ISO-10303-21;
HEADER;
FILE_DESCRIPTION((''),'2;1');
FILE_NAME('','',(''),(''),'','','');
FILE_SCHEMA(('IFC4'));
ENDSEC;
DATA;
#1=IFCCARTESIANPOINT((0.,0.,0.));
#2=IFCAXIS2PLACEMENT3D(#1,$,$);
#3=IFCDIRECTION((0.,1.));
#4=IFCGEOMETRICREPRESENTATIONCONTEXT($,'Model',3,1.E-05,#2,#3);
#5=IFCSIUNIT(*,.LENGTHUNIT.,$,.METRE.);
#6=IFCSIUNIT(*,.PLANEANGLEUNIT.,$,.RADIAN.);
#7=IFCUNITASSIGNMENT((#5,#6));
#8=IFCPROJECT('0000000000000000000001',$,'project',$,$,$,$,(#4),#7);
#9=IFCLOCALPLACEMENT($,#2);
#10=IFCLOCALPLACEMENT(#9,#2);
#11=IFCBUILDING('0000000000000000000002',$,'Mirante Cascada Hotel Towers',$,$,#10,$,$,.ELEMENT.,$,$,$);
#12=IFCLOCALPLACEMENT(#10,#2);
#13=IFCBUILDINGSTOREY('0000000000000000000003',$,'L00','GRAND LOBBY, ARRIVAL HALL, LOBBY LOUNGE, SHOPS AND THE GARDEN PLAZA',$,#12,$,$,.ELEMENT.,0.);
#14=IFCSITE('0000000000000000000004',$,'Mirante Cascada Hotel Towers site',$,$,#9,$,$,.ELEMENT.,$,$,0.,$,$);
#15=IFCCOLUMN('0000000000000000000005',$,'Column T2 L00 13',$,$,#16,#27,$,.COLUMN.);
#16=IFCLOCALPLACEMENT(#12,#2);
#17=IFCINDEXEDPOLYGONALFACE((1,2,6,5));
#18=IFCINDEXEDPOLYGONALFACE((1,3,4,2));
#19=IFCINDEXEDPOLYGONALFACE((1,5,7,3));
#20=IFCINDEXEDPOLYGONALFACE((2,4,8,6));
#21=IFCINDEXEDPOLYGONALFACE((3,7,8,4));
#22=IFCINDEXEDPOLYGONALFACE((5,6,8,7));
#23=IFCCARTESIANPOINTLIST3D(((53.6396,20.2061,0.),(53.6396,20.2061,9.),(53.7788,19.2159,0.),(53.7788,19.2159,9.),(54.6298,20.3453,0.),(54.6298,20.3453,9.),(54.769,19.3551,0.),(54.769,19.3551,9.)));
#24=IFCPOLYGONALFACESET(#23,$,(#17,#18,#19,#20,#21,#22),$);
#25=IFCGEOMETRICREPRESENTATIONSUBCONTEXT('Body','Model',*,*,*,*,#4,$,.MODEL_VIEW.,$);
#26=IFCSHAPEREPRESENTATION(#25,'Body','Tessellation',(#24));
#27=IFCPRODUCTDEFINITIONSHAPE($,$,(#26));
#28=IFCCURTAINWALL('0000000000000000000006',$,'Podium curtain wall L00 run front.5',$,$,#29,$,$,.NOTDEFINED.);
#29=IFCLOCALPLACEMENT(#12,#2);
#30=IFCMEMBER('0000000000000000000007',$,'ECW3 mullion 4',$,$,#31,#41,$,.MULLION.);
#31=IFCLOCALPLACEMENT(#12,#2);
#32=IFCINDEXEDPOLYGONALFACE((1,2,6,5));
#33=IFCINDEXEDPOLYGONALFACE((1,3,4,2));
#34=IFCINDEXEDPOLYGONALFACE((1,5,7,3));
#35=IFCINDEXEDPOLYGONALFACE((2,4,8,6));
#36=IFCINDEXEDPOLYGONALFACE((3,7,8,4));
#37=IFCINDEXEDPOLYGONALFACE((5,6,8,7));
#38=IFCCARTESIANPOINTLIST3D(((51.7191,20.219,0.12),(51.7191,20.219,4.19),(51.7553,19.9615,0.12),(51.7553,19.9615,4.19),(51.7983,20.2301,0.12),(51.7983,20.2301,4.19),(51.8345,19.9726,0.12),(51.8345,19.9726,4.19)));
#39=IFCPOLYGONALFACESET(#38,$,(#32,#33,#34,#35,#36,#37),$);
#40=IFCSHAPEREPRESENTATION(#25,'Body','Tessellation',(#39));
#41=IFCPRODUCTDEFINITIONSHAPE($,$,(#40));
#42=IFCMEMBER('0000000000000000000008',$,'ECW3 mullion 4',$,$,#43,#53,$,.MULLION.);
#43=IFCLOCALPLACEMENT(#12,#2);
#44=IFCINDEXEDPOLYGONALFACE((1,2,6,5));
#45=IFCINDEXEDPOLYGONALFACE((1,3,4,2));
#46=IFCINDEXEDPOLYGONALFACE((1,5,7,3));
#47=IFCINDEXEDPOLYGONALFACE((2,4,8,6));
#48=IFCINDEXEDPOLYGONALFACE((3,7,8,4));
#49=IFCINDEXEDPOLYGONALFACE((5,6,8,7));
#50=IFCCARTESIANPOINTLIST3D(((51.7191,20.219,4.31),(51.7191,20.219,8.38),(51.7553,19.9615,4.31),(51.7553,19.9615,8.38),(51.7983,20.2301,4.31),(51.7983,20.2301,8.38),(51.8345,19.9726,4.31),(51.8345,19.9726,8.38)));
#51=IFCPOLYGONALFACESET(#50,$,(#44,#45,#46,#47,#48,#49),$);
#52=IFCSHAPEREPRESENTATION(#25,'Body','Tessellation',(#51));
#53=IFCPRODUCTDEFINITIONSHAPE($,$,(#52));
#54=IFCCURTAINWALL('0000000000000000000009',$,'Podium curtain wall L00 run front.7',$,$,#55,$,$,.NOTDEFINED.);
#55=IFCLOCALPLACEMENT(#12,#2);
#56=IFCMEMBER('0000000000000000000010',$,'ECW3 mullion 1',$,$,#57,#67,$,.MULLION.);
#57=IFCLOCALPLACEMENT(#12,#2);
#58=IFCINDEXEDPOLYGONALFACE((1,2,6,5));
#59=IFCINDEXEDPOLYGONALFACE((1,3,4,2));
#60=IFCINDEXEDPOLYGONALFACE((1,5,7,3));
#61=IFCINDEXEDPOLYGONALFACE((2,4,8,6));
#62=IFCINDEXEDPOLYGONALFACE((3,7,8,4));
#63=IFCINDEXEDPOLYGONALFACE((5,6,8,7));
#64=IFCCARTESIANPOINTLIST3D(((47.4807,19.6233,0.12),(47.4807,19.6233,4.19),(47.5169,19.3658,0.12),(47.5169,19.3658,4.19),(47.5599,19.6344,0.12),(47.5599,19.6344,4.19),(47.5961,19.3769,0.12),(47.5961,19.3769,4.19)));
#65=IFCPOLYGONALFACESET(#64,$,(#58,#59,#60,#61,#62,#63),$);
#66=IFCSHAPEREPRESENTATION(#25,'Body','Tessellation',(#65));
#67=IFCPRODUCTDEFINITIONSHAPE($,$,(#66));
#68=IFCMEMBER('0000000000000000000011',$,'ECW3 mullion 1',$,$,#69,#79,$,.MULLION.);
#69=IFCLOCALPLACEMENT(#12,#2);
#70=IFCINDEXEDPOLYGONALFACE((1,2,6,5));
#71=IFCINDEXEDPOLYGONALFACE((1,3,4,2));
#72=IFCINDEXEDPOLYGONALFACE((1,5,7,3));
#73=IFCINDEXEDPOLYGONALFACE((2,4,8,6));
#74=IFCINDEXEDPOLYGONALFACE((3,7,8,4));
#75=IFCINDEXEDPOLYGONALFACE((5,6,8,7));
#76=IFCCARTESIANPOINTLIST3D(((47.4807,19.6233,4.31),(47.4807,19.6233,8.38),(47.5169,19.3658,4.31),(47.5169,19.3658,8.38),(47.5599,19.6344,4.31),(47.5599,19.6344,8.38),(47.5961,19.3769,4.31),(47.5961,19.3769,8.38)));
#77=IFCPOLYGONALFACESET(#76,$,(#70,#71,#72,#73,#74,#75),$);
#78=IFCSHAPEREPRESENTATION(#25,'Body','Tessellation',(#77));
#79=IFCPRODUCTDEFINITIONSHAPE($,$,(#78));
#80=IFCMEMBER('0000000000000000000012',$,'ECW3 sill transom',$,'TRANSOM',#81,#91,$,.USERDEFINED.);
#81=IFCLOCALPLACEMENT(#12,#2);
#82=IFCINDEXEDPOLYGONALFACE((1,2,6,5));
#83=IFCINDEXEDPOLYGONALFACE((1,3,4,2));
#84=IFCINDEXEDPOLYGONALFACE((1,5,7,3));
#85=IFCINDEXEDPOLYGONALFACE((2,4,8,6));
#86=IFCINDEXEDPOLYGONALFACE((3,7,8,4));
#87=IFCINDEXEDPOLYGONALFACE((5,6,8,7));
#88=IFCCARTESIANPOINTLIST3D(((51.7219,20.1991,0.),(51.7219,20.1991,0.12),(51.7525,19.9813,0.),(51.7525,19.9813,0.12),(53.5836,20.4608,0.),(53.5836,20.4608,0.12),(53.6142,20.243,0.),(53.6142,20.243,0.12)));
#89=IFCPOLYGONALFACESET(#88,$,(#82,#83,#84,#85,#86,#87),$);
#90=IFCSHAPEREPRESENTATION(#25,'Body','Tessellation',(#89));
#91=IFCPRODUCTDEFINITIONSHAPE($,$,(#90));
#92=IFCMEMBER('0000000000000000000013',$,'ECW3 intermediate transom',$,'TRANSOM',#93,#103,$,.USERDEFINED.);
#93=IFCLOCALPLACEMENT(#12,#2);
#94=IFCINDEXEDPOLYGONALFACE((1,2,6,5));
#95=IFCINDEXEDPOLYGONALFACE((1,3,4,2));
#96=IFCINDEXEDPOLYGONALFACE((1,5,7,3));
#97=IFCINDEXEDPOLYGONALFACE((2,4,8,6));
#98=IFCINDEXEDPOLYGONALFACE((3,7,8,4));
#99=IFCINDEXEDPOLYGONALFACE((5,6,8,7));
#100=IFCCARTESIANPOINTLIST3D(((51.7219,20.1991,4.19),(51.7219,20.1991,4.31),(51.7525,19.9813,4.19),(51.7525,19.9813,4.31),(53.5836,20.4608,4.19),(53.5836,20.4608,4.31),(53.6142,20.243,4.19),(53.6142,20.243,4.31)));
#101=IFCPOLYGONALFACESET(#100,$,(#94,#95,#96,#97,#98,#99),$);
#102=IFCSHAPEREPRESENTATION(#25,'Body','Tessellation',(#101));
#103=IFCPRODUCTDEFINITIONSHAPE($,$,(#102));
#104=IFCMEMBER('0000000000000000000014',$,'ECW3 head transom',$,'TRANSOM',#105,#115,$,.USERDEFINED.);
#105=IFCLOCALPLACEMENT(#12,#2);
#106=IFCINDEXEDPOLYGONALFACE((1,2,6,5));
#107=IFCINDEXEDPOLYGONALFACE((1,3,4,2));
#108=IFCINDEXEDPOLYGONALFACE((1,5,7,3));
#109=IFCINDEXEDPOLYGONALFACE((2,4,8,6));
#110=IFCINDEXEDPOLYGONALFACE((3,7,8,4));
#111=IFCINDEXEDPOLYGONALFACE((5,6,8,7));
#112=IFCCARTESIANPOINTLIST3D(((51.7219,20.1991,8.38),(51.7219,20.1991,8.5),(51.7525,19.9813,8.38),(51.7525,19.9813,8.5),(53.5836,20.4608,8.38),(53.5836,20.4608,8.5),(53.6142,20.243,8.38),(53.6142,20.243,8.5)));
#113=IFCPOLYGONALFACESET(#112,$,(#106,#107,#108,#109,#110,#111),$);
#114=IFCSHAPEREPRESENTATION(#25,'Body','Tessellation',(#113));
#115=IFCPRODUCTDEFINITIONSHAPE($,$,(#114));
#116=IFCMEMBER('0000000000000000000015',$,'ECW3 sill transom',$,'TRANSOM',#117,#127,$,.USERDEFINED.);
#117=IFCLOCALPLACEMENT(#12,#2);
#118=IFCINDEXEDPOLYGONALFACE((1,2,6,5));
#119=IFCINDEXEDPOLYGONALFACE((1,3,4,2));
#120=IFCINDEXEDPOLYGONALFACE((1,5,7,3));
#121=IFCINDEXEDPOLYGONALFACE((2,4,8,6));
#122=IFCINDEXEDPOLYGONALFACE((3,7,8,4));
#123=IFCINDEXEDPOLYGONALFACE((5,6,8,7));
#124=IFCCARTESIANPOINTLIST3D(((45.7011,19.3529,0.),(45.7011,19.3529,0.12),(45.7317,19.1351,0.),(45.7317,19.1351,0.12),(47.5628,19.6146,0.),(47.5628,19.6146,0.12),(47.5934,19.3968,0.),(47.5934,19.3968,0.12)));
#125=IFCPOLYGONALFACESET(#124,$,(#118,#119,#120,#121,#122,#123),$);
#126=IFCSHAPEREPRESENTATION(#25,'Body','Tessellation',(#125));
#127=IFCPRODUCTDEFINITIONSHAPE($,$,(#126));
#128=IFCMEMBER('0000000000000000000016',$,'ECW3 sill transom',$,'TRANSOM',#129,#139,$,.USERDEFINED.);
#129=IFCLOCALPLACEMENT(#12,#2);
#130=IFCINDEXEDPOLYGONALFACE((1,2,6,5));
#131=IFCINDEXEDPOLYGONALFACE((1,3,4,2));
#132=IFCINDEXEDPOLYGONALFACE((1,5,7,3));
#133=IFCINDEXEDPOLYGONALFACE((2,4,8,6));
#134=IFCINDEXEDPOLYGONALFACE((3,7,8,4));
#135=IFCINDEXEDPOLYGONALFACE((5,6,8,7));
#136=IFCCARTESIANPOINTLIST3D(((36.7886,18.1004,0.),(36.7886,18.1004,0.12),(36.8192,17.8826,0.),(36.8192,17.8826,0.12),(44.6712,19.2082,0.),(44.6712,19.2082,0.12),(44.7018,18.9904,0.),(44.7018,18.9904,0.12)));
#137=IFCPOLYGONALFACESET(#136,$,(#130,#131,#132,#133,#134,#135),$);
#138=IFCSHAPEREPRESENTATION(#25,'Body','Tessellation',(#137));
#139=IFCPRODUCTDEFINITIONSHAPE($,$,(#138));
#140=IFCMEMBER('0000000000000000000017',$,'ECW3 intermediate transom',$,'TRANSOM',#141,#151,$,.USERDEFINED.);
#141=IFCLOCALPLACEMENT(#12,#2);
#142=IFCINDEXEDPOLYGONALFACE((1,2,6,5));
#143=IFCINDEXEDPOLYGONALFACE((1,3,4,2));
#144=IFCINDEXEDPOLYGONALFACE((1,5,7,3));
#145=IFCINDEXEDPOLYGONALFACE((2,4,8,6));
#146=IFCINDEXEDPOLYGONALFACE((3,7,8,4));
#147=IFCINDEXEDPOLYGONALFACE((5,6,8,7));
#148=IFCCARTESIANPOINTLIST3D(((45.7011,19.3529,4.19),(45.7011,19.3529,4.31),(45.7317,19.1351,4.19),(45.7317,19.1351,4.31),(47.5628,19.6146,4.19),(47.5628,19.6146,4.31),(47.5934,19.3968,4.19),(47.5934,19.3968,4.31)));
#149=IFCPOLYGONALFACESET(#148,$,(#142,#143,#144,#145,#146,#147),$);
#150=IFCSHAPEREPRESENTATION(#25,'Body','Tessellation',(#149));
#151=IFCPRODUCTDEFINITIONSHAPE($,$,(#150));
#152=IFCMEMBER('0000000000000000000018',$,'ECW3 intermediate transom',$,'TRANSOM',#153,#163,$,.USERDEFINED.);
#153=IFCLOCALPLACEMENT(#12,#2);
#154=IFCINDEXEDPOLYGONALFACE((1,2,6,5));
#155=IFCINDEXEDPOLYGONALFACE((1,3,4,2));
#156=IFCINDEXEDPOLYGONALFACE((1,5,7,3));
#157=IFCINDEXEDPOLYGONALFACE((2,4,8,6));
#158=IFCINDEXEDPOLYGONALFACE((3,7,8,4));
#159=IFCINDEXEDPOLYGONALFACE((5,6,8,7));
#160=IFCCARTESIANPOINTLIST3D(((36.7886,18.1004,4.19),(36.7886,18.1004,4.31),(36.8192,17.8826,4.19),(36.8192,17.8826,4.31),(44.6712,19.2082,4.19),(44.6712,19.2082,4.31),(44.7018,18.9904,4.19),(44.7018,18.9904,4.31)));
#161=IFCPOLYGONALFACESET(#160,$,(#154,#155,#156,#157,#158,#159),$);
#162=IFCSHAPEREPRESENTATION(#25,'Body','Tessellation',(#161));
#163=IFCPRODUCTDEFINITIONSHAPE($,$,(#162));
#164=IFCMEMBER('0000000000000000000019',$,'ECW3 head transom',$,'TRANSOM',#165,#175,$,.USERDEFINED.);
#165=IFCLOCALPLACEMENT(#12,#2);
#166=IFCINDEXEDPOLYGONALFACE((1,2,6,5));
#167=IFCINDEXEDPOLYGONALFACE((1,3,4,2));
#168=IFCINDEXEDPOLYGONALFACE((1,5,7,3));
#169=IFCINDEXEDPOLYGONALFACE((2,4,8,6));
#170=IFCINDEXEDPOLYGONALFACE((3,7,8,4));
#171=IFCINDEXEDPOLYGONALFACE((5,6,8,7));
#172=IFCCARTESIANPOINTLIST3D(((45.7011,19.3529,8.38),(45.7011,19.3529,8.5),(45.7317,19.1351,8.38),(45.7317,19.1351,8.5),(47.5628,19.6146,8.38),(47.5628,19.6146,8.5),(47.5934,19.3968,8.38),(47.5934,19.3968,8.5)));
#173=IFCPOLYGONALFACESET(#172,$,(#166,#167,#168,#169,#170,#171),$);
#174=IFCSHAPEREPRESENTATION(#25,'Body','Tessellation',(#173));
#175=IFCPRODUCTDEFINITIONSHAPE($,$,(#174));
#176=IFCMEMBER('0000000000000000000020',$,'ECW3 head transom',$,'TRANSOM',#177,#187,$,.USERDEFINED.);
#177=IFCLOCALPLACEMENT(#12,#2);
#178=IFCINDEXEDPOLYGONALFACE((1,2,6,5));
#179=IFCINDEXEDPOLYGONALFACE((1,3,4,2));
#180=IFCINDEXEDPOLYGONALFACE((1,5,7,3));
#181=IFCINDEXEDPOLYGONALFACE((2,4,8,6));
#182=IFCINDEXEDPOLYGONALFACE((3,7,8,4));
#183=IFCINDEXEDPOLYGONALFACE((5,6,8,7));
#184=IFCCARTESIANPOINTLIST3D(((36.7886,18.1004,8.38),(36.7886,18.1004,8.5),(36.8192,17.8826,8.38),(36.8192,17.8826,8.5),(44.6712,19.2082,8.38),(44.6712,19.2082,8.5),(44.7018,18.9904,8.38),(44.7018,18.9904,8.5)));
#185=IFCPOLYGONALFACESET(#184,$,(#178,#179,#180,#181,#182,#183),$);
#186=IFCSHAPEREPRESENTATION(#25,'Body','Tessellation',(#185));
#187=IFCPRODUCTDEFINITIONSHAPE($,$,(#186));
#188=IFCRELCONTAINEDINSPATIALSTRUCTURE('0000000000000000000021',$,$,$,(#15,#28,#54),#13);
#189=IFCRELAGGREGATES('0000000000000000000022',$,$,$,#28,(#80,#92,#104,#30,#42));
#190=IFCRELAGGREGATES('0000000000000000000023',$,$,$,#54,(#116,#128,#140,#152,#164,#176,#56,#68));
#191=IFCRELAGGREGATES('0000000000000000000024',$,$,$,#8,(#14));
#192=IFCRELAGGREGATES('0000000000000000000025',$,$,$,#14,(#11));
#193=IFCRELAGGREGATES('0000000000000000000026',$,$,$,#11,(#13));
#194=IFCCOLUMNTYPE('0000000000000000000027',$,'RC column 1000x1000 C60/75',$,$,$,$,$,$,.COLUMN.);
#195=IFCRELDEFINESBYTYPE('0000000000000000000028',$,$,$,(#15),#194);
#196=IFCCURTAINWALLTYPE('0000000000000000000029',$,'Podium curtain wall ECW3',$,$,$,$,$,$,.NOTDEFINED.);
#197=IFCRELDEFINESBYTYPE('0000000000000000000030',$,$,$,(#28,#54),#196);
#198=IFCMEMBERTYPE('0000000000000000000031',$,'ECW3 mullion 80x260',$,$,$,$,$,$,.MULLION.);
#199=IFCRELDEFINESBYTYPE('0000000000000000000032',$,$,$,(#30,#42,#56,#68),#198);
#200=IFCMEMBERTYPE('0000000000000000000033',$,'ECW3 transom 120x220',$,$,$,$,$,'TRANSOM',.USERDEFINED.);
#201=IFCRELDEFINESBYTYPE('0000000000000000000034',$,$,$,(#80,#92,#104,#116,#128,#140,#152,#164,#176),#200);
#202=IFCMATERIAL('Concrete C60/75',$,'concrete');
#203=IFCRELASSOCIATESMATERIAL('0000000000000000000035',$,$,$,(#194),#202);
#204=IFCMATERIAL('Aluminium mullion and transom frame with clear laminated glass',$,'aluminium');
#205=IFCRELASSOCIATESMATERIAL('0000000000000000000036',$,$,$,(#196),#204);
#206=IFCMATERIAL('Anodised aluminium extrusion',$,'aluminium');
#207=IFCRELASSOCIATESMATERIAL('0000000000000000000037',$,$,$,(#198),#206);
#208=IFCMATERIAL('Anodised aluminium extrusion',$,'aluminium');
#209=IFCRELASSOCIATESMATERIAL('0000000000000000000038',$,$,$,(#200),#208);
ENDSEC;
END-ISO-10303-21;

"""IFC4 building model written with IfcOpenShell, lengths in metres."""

from ifc_helpers import new_model, si_unit, direction, frame, origin, origin_2d, place, context, subcontext, project, spatial, rectangle, extrude, material, material_profile, profile_set, type_object, element, aggregate, save


model = new_model("IFC4")

# Units and contexts
model_context = context("Model", 3, precision=1e-05, world=origin(), true_north=direction((0.0, 1.0)))
body_context = subcontext(model_context, "Body", "Model", "MODEL_VIEW")
ifc_project = project(units=[si_unit("LENGTHUNIT", "METRE"), si_unit("PLANEANGLEUNIT", "RADIAN")], contexts=[model_context])

# Site, building, storey
site_placement = place(None, origin())
site = spatial("IfcSite", under=ifc_project, at=site_placement, Name="Mirante Cascada Hotel Towers site", CompositionType="ELEMENT", RefElevation=0.0)
building_placement = place(site_placement, origin())
building = spatial("IfcBuilding", under=site, at=building_placement, Name="Mirante Cascada Hotel Towers", CompositionType="ELEMENT")
storey_placement = place(building_placement, origin())
storey = spatial("IfcBuildingStorey", under=building, at=storey_placement, Name="L00", Description="GRAND LOBBY, ARRIVAL HALL, LOBBY LOUNGE, SHOPS AND THE GARDEN PLAZA", CompositionType="ELEMENT", Elevation=0.0)

# Column
ifc_material_1 = material(Name="Concrete C60/75", Category="concrete")
ifc_material_profile_1 = material_profile(ifc_material_1, rectangle(XDim=1.0, YDim=1.0, at=origin_2d()), Name="RC column 1000x1000 C60/75")
ifc_profile_set_1 = profile_set([ifc_material_profile_1], Name="Concrete C60/75")
column_type = type_object("IfcColumnType", Name="RC column 1000x1000 C60/75", PredefinedType="COLUMN", material=ifc_profile_set_1)
column_placement = place(storey_placement, frame((54.2043, 19.7806, 0.0), z_axis=(0.0, 0.0, 1.0), x_axis=(0.990268, 0.139173, 0.0)))
element("IfcColumn", 1, at=column_placement, inside=storey, type_object=column_type, Name="Column T2 L00 13", PredefinedType="COLUMN", context=body_context, shape_type="SweptSolid", body=[
    extrude(rectangle(XDim=1.0, YDim=1.0, at=origin_2d()), origin(), (0.0, 0.0, 1.0), 9.0),
])

# Curtain walls, members
ifc_material_2 = material(Name="Aluminium mullion and transom frame with clear laminated glass", Category="aluminium")
curtain_wall_type = type_object("IfcCurtainWallType", Name="Podium curtain wall ECW3", PredefinedType="NOTDEFINED", material=ifc_material_2)
curtain_wall_1_placement = place(storey_placement, origin())
curtain_wall_1 = element("IfcCurtainWall", 2, at=curtain_wall_1_placement, inside=storey, type_object=curtain_wall_type, Name="Podium curtain wall L00 run front.5", PredefinedType="NOTDEFINED")
ifc_material_3 = material(Name="Anodised aluminium extrusion", Category="aluminium")
ifc_material_profile_2 = material_profile(ifc_material_3, rectangle(XDim=0.26, YDim=0.08, at=origin_2d()), Name="ECW3 MULLION 80x260")
ifc_profile_set_2 = profile_set([ifc_material_profile_2], Name="Anodised aluminium extrusion")
member_type_1 = type_object("IfcMemberType", Name="ECW3 mullion 80x260", PredefinedType="MULLION", material=ifc_profile_set_2)
member_1_placement = place(storey_placement, frame((51.7768, 20.0958, 0.12), z_axis=(0.0, 0.0, 1.0), x_axis=(0.139173, -0.990268, 0.0)))
member_1 = element("IfcMember", 3, at=member_1_placement, type_object=member_type_1, Name="ECW3 mullion 4", PredefinedType="MULLION", context=body_context, shape_type="SweptSolid", body=[
    extrude(rectangle(XDim=0.26, YDim=0.08, at=origin_2d()), origin(), (0.0, 0.0, 1.0), 4.07),
])
member_2_placement = place(storey_placement, frame((51.7768, 20.0958, 4.31), z_axis=(0.0, 0.0, 1.0), x_axis=(0.139173, -0.990268, 0.0)))
member_2 = element("IfcMember", 4, at=member_2_placement, type_object=member_type_1, Name="ECW3 mullion 4", PredefinedType="MULLION", context=body_context, shape_type="SweptSolid", body=[
    extrude(rectangle(XDim=0.26, YDim=0.08, at=origin_2d()), origin(), (0.0, 0.0, 1.0), 4.07),
])
curtain_wall_2_placement = place(storey_placement, origin())
curtain_wall_2 = element("IfcCurtainWall", 5, at=curtain_wall_2_placement, inside=storey, type_object=curtain_wall_type, Name="Podium curtain wall L00 run front.7", PredefinedType="NOTDEFINED")
member_3_placement = place(storey_placement, frame((47.5384, 19.5001, 0.12), z_axis=(0.0, 0.0, 1.0), x_axis=(0.139173, -0.990268, 0.0)))
member_3 = element("IfcMember", 6, at=member_3_placement, type_object=member_type_1, Name="ECW3 mullion 1", PredefinedType="MULLION", context=body_context, shape_type="SweptSolid", body=[
    extrude(rectangle(XDim=0.26, YDim=0.08, at=origin_2d()), origin(), (0.0, 0.0, 1.0), 4.07),
])
member_4_placement = place(storey_placement, frame((47.5384, 19.5001, 4.31), z_axis=(0.0, 0.0, 1.0), x_axis=(0.139173, -0.990268, 0.0)))
member_4 = element("IfcMember", 7, at=member_4_placement, type_object=member_type_1, Name="ECW3 mullion 1", PredefinedType="MULLION", context=body_context, shape_type="SweptSolid", body=[
    extrude(rectangle(XDim=0.26, YDim=0.08, at=origin_2d()), origin(), (0.0, 0.0, 1.0), 4.07),
])

# Members
ifc_material_4 = material(Name="Anodised aluminium extrusion", Category="aluminium")
ifc_material_profile_3 = material_profile(ifc_material_4, rectangle(XDim=0.22, YDim=0.12, at=origin_2d()), Name="ECW3 TRANSOM 120x220")
ifc_profile_set_3 = profile_set([ifc_material_profile_3], Name="Anodised aluminium extrusion")
member_type_2 = type_object("IfcMemberType", Name="ECW3 transom 120x220", ElementType="TRANSOM", PredefinedType="USERDEFINED", material=ifc_profile_set_3)
member_5_placement = place(storey_placement, frame((53.5989, 20.3519, 0.06), z_axis=(-0.990264, -0.139202, 0.0), x_axis=(0.139202, -0.990264, 0.0)))
member_5 = element("IfcMember", 8, at=member_5_placement, type_object=member_type_2, Name="ECW3 sill transom", ObjectType="TRANSOM", PredefinedType="USERDEFINED", context=body_context, shape_type="SweptSolid", body=[
    extrude(rectangle(XDim=0.22, YDim=0.12, at=origin_2d()), origin(), (0.0, 0.0, 1.0), 1.88),
])
member_6_placement = place(storey_placement, frame((53.5989, 20.3519, 4.25), z_axis=(-0.990264, -0.139202, 0.0), x_axis=(0.139202, -0.990264, 0.0)))
member_6 = element("IfcMember", 9, at=member_6_placement, type_object=member_type_2, Name="ECW3 intermediate transom", ObjectType="TRANSOM", PredefinedType="USERDEFINED", context=body_context, shape_type="SweptSolid", body=[
    extrude(rectangle(XDim=0.22, YDim=0.12, at=origin_2d()), origin(), (0.0, 0.0, 1.0), 1.88),
])
member_7_placement = place(storey_placement, frame((53.5989, 20.3519, 8.44), z_axis=(-0.990264, -0.139202, 0.0), x_axis=(0.139202, -0.990264, 0.0)))
member_7 = element("IfcMember", 10, at=member_7_placement, type_object=member_type_2, Name="ECW3 head transom", ObjectType="TRANSOM", PredefinedType="USERDEFINED", context=body_context, shape_type="SweptSolid", body=[
    extrude(rectangle(XDim=0.22, YDim=0.12, at=origin_2d()), origin(), (0.0, 0.0, 1.0), 1.88),
])
member_8_placement = place(storey_placement, frame((47.5781, 19.5057, 0.06), z_axis=(-0.990264, -0.139202, 0.0), x_axis=(0.139202, -0.990264, 0.0)))
member_8 = element("IfcMember", 11, at=member_8_placement, type_object=member_type_2, Name="ECW3 sill transom", ObjectType="TRANSOM", PredefinedType="USERDEFINED", context=body_context, shape_type="SweptSolid", body=[
    extrude(rectangle(XDim=0.22, YDim=0.12, at=origin_2d()), origin(), (0.0, 0.0, 1.0), 1.88),
])
member_9_placement = place(storey_placement, frame((44.6865, 19.0993, 0.06), z_axis=(-0.990268, -0.13917, 0.0), x_axis=(0.13917, -0.990268, 0.0)))
member_9 = element("IfcMember", 12, at=member_9_placement, type_object=member_type_2, Name="ECW3 sill transom", ObjectType="TRANSOM", PredefinedType="USERDEFINED", context=body_context, shape_type="SweptSolid", body=[
    extrude(rectangle(XDim=0.22, YDim=0.12, at=origin_2d()), origin(), (0.0, 0.0, 1.0), 7.9601),
])
member_10_placement = place(storey_placement, frame((47.5781, 19.5057, 4.25), z_axis=(-0.990264, -0.139202, 0.0), x_axis=(0.139202, -0.990264, 0.0)))
member_10 = element("IfcMember", 13, at=member_10_placement, type_object=member_type_2, Name="ECW3 intermediate transom", ObjectType="TRANSOM", PredefinedType="USERDEFINED", context=body_context, shape_type="SweptSolid", body=[
    extrude(rectangle(XDim=0.22, YDim=0.12, at=origin_2d()), origin(), (0.0, 0.0, 1.0), 1.88),
])
member_11_placement = place(storey_placement, frame((44.6865, 19.0993, 4.25), z_axis=(-0.990268, -0.13917, 0.0), x_axis=(0.13917, -0.990268, 0.0)))
member_11 = element("IfcMember", 14, at=member_11_placement, type_object=member_type_2, Name="ECW3 intermediate transom", ObjectType="TRANSOM", PredefinedType="USERDEFINED", context=body_context, shape_type="SweptSolid", body=[
    extrude(rectangle(XDim=0.22, YDim=0.12, at=origin_2d()), origin(), (0.0, 0.0, 1.0), 7.9601),
])
member_12_placement = place(storey_placement, frame((47.5781, 19.5057, 8.44), z_axis=(-0.990264, -0.139202, 0.0), x_axis=(0.139202, -0.990264, 0.0)))
member_12 = element("IfcMember", 15, at=member_12_placement, type_object=member_type_2, Name="ECW3 head transom", ObjectType="TRANSOM", PredefinedType="USERDEFINED", context=body_context, shape_type="SweptSolid", body=[
    extrude(rectangle(XDim=0.22, YDim=0.12, at=origin_2d()), origin(), (0.0, 0.0, 1.0), 1.88),
])
member_13_placement = place(storey_placement, frame((44.6865, 19.0993, 8.44), z_axis=(-0.990268, -0.13917, 0.0), x_axis=(0.13917, -0.990268, 0.0)))
member_13 = element("IfcMember", 16, at=member_13_placement, type_object=member_type_2, Name="ECW3 head transom", ObjectType="TRANSOM", PredefinedType="USERDEFINED", context=body_context, shape_type="SweptSolid", body=[
    extrude(rectangle(XDim=0.22, YDim=0.12, at=origin_2d()), origin(), (0.0, 0.0, 1.0), 7.9601),
])

aggregate(curtain_wall_1, [member_5, member_6, member_7, member_1, member_2])
aggregate(curtain_wall_2, [member_8, member_9, member_10, member_11, member_12, member_13, member_3, member_4])

save(model, "model.ifc")
